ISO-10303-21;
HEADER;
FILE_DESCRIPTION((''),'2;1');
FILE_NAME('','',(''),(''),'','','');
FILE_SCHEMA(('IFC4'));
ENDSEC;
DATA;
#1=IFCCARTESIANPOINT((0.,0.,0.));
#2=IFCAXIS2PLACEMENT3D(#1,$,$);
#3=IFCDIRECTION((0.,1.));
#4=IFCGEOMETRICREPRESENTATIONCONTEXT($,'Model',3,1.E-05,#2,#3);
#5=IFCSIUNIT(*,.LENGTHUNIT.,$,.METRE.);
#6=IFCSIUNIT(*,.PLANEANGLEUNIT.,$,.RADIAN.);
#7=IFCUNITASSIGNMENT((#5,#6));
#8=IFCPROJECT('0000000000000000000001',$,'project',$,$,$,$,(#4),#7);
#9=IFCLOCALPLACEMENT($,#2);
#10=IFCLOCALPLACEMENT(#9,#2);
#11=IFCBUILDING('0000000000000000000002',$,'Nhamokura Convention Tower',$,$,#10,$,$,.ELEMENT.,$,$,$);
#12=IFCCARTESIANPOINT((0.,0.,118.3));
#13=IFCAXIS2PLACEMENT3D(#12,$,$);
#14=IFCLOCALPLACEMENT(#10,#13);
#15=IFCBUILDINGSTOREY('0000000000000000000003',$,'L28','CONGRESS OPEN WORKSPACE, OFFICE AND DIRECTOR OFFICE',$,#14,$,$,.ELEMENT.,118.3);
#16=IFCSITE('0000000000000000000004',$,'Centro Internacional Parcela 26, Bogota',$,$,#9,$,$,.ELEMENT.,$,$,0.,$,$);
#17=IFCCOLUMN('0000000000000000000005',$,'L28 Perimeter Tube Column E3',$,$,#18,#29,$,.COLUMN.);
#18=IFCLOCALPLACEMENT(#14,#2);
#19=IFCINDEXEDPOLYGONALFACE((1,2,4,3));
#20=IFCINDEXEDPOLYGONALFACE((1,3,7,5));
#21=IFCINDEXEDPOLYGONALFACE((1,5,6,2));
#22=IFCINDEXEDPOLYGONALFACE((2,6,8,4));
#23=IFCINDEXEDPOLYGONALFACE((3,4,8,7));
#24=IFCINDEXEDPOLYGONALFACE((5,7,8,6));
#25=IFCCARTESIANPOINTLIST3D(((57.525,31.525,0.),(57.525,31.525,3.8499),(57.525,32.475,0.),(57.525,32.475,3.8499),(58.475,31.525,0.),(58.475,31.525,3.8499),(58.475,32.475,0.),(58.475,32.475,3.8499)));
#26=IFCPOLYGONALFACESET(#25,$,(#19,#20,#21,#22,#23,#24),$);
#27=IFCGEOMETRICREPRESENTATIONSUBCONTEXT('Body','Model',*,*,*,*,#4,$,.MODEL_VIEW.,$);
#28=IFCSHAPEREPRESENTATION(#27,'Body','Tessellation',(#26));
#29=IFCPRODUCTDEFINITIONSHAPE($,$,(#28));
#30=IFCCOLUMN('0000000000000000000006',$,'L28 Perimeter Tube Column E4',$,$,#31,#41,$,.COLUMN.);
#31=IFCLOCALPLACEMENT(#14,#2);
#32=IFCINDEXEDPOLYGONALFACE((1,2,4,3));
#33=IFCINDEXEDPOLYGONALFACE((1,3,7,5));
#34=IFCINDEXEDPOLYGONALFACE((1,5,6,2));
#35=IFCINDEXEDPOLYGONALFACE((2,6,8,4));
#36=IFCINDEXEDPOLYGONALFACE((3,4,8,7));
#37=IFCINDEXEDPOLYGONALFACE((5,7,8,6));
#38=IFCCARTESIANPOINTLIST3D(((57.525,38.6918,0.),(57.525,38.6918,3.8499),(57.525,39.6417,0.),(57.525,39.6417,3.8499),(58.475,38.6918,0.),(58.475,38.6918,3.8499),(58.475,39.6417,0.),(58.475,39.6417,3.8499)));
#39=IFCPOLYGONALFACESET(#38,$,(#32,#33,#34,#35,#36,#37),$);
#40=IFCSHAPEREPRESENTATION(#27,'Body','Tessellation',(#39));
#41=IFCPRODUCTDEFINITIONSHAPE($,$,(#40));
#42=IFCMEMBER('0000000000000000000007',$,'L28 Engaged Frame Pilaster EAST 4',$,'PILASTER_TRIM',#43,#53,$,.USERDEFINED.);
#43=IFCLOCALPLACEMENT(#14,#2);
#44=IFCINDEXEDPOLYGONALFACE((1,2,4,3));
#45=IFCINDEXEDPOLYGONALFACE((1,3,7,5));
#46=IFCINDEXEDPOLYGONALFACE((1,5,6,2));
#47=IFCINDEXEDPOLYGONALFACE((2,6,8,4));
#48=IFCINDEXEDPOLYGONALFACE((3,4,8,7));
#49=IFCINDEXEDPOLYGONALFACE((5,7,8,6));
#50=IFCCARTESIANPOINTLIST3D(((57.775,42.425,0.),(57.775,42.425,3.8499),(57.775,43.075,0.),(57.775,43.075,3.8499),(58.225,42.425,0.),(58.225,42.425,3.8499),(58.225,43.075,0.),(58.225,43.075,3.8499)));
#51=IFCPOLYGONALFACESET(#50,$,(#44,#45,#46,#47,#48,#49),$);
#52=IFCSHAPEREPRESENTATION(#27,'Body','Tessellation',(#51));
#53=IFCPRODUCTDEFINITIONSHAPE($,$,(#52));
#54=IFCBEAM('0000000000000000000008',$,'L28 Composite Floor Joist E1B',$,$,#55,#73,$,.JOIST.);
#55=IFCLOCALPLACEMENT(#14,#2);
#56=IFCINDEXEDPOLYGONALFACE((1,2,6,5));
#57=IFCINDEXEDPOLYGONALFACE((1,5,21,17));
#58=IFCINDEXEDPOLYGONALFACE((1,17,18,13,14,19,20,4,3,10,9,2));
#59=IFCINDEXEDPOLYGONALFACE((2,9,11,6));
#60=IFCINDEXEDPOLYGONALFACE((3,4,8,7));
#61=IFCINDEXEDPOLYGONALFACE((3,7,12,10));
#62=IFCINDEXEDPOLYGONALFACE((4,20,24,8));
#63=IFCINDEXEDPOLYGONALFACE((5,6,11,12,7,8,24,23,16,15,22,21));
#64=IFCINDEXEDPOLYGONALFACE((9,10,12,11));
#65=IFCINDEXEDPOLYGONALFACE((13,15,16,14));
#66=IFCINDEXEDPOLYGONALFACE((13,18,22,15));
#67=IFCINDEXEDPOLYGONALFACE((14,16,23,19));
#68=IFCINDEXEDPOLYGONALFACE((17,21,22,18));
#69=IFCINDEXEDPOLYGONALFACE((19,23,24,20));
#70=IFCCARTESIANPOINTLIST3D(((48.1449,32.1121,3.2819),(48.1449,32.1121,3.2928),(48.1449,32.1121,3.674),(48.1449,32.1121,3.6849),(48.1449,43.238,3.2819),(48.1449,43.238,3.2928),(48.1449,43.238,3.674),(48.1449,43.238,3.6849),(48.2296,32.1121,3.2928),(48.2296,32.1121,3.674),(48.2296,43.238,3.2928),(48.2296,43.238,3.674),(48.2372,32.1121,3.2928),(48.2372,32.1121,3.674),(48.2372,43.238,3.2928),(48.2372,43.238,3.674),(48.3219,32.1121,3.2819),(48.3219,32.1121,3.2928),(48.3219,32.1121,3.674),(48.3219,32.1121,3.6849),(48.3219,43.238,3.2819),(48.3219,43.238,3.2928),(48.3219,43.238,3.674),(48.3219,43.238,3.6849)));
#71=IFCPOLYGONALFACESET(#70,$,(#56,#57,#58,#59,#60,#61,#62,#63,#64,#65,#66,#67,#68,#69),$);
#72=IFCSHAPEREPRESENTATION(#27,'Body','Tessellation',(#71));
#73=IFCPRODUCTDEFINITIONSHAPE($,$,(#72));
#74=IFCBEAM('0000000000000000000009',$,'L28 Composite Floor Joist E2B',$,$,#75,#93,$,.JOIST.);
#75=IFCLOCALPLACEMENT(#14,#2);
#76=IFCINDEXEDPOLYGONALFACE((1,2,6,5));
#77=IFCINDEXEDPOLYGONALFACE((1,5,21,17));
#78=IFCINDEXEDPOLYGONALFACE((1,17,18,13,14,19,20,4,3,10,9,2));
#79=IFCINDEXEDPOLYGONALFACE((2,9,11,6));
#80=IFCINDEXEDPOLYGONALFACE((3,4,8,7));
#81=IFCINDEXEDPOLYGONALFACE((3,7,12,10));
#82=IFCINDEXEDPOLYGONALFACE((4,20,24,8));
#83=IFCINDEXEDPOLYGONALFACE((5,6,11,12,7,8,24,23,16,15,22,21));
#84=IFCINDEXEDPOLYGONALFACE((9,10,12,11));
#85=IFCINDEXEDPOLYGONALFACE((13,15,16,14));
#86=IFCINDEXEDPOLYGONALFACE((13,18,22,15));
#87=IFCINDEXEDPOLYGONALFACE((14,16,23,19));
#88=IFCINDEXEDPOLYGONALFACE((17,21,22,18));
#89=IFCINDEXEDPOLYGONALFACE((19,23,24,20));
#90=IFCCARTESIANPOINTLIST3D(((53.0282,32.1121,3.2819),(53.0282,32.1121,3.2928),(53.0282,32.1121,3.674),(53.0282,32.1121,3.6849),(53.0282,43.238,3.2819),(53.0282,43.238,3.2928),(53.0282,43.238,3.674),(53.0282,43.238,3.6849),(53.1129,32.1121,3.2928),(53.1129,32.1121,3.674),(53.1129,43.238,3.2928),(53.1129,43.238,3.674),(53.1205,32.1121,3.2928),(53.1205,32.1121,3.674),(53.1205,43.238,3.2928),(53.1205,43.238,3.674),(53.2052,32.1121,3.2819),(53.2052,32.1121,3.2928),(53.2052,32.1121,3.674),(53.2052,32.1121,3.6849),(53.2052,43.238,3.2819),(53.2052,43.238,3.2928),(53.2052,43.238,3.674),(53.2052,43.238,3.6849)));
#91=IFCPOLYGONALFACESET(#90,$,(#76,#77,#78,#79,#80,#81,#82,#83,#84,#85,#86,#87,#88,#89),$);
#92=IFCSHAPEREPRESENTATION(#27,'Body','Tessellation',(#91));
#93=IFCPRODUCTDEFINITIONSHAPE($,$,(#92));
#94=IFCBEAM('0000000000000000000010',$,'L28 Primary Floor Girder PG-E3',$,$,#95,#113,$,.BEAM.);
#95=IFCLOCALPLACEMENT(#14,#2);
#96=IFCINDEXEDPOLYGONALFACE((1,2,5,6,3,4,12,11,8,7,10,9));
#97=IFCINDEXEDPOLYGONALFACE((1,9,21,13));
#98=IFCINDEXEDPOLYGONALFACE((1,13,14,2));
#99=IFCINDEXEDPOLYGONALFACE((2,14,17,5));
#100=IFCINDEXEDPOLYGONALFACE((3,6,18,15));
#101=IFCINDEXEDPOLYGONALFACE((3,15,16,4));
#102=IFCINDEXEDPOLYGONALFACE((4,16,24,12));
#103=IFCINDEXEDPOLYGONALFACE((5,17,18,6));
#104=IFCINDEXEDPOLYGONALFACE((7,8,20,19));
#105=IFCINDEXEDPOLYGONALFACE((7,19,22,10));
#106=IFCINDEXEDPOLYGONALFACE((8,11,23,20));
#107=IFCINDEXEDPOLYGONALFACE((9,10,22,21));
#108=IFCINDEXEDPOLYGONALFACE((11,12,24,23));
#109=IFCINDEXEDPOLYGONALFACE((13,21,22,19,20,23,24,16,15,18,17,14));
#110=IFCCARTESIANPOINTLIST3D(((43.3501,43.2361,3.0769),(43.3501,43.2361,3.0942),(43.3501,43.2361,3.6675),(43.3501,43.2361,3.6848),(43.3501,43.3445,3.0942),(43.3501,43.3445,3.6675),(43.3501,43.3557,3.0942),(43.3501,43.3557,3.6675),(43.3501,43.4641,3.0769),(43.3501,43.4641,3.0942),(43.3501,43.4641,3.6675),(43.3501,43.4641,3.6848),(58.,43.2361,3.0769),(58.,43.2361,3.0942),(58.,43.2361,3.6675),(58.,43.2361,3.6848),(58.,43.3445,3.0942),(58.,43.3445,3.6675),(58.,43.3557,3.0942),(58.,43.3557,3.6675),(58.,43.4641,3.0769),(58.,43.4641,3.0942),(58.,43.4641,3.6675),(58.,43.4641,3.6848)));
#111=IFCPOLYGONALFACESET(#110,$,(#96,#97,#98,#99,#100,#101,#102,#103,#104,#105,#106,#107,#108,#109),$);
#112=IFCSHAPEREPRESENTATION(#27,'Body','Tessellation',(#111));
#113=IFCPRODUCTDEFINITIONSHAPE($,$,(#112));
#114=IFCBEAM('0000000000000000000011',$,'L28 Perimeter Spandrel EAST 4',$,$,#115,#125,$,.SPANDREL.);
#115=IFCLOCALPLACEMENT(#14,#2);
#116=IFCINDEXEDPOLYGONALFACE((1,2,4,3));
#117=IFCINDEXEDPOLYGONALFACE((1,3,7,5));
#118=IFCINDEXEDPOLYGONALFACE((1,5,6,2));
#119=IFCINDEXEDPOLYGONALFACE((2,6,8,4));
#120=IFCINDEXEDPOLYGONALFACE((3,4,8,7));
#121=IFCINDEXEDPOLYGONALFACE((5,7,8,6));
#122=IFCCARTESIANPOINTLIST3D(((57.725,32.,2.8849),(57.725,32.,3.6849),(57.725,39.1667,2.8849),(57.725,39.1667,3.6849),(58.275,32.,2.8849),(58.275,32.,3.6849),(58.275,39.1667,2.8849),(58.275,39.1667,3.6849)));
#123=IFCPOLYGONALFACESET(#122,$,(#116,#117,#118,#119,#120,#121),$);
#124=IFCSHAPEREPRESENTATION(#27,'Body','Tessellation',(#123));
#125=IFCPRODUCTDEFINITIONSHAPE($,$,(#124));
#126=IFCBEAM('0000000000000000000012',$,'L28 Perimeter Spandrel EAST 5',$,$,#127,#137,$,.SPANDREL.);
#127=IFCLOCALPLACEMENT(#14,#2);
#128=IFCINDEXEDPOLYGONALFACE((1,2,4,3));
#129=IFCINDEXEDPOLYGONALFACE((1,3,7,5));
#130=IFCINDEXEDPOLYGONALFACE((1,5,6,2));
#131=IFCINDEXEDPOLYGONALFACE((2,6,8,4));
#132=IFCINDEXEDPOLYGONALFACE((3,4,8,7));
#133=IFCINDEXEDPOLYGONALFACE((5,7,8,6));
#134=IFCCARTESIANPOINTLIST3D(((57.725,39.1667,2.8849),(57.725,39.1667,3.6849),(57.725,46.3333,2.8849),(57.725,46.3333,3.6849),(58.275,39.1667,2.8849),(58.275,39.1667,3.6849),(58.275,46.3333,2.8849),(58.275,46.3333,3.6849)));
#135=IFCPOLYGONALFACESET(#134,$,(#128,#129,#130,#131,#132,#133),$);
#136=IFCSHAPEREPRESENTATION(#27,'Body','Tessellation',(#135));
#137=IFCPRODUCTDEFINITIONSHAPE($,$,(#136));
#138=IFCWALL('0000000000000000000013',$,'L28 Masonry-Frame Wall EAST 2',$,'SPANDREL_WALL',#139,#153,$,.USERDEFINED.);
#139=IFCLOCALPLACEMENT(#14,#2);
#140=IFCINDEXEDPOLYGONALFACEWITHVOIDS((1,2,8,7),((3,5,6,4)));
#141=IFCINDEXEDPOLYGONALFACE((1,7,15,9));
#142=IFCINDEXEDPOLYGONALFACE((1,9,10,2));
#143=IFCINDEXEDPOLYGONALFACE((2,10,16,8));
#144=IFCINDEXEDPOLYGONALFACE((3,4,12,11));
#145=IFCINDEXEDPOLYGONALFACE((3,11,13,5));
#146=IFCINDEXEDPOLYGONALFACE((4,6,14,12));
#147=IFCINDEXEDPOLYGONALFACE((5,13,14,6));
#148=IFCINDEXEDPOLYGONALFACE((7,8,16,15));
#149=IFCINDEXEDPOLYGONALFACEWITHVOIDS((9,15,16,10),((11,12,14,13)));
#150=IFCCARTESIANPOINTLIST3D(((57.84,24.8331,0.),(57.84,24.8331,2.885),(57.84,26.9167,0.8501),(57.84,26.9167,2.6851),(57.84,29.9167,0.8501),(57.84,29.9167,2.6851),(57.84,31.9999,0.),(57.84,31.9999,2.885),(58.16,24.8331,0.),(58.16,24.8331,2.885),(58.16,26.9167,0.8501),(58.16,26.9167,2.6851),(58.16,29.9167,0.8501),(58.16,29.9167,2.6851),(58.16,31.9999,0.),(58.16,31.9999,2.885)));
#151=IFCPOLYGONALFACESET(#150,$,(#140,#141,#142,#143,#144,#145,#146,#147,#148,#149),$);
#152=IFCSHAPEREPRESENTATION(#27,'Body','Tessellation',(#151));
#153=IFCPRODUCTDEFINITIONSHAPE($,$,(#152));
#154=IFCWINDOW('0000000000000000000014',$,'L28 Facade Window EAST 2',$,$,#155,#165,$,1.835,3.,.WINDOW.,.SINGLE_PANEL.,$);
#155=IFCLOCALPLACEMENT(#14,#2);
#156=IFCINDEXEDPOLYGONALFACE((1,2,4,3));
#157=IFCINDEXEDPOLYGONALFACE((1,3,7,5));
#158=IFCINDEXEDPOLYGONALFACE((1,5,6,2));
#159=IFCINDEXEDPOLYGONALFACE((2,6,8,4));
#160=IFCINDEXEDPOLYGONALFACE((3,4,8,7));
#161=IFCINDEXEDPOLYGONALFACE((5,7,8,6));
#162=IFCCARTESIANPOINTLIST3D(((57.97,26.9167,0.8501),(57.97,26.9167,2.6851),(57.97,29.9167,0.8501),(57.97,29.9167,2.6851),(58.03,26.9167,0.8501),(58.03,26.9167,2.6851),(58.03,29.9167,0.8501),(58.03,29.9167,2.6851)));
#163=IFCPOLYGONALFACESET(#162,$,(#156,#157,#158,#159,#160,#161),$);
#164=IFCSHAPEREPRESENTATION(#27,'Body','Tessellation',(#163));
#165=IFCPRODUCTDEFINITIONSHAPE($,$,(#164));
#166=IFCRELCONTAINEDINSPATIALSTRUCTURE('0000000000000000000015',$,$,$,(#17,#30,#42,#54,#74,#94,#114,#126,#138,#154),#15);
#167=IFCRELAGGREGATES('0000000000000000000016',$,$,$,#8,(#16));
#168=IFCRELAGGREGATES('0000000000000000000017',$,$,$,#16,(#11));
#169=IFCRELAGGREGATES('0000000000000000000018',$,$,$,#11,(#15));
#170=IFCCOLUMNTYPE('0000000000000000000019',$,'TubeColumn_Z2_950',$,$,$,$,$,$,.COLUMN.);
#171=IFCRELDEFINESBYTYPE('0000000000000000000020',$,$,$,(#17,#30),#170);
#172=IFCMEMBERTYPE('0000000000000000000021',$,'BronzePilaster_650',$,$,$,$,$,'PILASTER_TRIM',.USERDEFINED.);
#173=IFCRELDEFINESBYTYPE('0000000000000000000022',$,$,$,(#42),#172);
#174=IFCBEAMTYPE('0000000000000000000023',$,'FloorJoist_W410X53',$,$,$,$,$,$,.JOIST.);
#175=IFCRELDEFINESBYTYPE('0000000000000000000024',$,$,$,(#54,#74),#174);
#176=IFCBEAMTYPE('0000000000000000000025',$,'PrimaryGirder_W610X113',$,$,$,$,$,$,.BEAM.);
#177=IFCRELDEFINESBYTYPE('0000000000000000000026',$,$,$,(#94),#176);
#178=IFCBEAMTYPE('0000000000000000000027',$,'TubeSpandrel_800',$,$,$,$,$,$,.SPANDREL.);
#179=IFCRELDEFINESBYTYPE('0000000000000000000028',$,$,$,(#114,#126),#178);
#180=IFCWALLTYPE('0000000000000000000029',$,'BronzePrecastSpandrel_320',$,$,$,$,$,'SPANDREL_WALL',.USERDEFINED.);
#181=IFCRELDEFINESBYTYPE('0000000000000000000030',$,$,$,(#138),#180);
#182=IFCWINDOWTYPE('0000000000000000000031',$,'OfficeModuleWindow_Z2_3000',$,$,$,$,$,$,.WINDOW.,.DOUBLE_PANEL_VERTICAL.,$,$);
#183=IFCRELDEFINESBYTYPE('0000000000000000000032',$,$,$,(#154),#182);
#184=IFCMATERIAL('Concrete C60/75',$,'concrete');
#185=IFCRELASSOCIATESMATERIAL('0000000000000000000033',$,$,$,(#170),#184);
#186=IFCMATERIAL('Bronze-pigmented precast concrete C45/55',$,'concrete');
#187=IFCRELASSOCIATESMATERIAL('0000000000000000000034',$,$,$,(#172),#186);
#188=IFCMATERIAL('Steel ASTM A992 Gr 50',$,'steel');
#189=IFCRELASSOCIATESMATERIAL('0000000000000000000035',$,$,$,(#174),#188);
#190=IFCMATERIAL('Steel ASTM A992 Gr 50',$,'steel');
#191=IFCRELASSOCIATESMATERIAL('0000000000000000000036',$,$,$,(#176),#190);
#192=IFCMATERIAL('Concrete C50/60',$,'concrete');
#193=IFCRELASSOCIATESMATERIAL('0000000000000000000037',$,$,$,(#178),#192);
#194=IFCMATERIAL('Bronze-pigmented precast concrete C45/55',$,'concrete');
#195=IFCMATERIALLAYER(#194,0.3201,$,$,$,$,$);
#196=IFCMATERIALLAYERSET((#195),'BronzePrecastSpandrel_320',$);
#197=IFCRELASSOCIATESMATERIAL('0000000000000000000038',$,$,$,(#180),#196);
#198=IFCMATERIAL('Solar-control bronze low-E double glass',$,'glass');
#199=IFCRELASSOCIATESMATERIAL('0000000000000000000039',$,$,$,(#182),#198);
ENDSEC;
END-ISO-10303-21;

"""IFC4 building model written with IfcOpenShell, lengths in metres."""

from ifc_helpers import new_model, si_unit, direction, frame, frame_2d, origin, origin_2d, place, context, subcontext, project, spatial, rectangle, i_section, extrude, material, layer, layer_set, material_profile, profile_set, type_object, element, fill, save


model = new_model("IFC4")

# Units and contexts
model_context = context("Model", 3, precision=1e-05, world=origin(), true_north=direction((0.0, 1.0)))
body_context = subcontext(model_context, "Body", "Model", "MODEL_VIEW")
ifc_project = project(units=[si_unit("LENGTHUNIT", "METRE"), si_unit("PLANEANGLEUNIT", "RADIAN")], contexts=[model_context])

# Site, building, storey
site_placement = place(None, origin())
site = spatial("IfcSite", under=ifc_project, at=site_placement, Name="Centro Internacional Parcela 26, Bogota", CompositionType="ELEMENT", RefElevation=0.0)
building_placement = place(site_placement, origin())
building = spatial("IfcBuilding", under=site, at=building_placement, Name="Nhamokura Convention Tower", CompositionType="ELEMENT")
storey_placement = place(building_placement, frame((0.0, 0.0, 118.3)))
storey = spatial("IfcBuildingStorey", under=building, at=storey_placement, Name="L28", Description="CONGRESS OPEN WORKSPACE, OFFICE AND DIRECTOR OFFICE", CompositionType="ELEMENT", Elevation=118.3)

# Columns
ifc_material_1 = material(Name="Concrete C60/75", Category="concrete")
ifc_material_profile_1 = material_profile(ifc_material_1, rectangle(XDim=0.95, YDim=0.95, at=origin_2d()))
ifc_profile_set_1 = profile_set([ifc_material_profile_1], Name="Concrete C60/75")
column_type = type_object("IfcColumnType", Name="TubeColumn_Z2_950", PredefinedType="COLUMN", material=ifc_profile_set_1)
for number, where, z_axis, x_axis, name in (
    (1, (58.0, 32.0, 0.0), (0.0, 0.0, 1.0), (1.0, 0.0, 0.0), "L28 Perimeter Tube Column E3"),
    (2, (58.0, 39.1667, 0.0), (0.0, 0.0, 1.0), (1.0, 0.0, 0.0), "L28 Perimeter Tube Column E4"),
):
    element("IfcColumn", number, at=place(storey_placement, frame(where, z_axis=z_axis, x_axis=x_axis)), inside=storey, type_object=column_type, Name=name, PredefinedType="COLUMN", context=body_context, shape_type="SweptSolid", body=[
        extrude(rectangle(XDim=0.95, YDim=0.95, at=origin_2d()), origin(), (0.0, 0.0, 1.0), 3.8499),
    ])

# Member
ifc_material_2 = material(Name="Bronze-pigmented precast concrete C45/55", Category="concrete")
ifc_material_profile_2 = material_profile(ifc_material_2, rectangle(XDim=0.45, YDim=0.6499, at=origin_2d()))
ifc_profile_set_2 = profile_set([ifc_material_profile_2], Name="Bronze-pigmented precast concrete C45/55")
member_type = type_object("IfcMemberType", Name="BronzePilaster_650", ElementType="PILASTER_TRIM", PredefinedType="USERDEFINED", material=ifc_profile_set_2)
member_placement = place(storey_placement, frame((58.0, 42.75, 0.0), z_axis=(0.0, 0.0, 1.0), x_axis=(1.0, 0.0, 0.0)))
element("IfcMember", 3, at=member_placement, inside=storey, type_object=member_type, Name="L28 Engaged Frame Pilaster EAST 4", ObjectType="PILASTER_TRIM", PredefinedType="USERDEFINED", context=body_context, shape_type="SweptSolid", body=[
    extrude(rectangle(XDim=0.45, YDim=0.6499, at=origin_2d()), origin(), (0.0, 0.0, 1.0), 3.8499),
])

# Beams
ifc_material_3 = material(Name="Steel ASTM A992 Gr 50", Category="steel")
ifc_material_profile_3 = material_profile(ifc_material_3, i_section(OverallWidth=0.177, OverallDepth=0.4031, WebThickness=0.0076, FlangeThickness=0.011, at=origin_2d()))
ifc_profile_set_3 = profile_set([ifc_material_profile_3], Name="Steel ASTM A992 Gr 50")
beam_type_1 = type_object("IfcBeamType", Name="FloorJoist_W410X53", PredefinedType="JOIST", material=ifc_profile_set_3)
for number, where, z_axis, x_axis, name in (
    (4, (48.2334, 32.1121, 3.4834), (0.0, 1.0, 0.0), (-1.0, 0.0, 0.0), "L28 Composite Floor Joist E1B"),
    (5, (53.1167, 32.1121, 3.4834), (0.0, 1.0, 0.0), (-1.0, 0.0, 0.0), "L28 Composite Floor Joist E2B"),
):
    element("IfcBeam", number, at=place(storey_placement, frame(where, z_axis=z_axis, x_axis=x_axis)), inside=storey, type_object=beam_type_1, Name=name, PredefinedType="JOIST", context=body_context, shape_type="SweptSolid", body=[
        extrude(i_section(OverallWidth=0.177, OverallDepth=0.4031, WebThickness=0.0076, FlangeThickness=0.011, at=origin_2d()), origin(), (0.0, 0.0, 1.0), 11.126),
    ])
ifc_material_4 = material(Name="Steel ASTM A992 Gr 50", Category="steel")
ifc_material_profile_4 = material_profile(ifc_material_4, i_section(OverallWidth=0.228, OverallDepth=0.6079, WebThickness=0.0112, FlangeThickness=0.0173, at=origin_2d()))
ifc_profile_set_4 = profile_set([ifc_material_profile_4], Name="Steel ASTM A992 Gr 50")
beam_type_2 = type_object("IfcBeamType", Name="PrimaryGirder_W610X113", PredefinedType="BEAM", material=ifc_profile_set_4)
beam_1_placement = place(storey_placement, frame((43.3501, 43.3501, 3.3809), z_axis=(1.0, 0.0, 0.0), x_axis=(0.0, 1.0, 0.0)))
element("IfcBeam", 6, at=beam_1_placement, inside=storey, type_object=beam_type_2, Name="L28 Primary Floor Girder PG-E3", PredefinedType="BEAM", context=body_context, shape_type="SweptSolid", body=[
    extrude(i_section(OverallWidth=0.228, OverallDepth=0.6079, WebThickness=0.0112, FlangeThickness=0.0173, at=origin_2d()), origin(), (0.0, 0.0, 1.0), 14.6499),
])
ifc_material_5 = material(Name="Concrete C50/60", Category="concrete")
ifc_material_profile_5 = material_profile(ifc_material_5, rectangle(XDim=0.55, YDim=0.8, at=origin_2d()))
ifc_profile_set_5 = profile_set([ifc_material_profile_5], Name="Concrete C50/60")
beam_type_3 = type_object("IfcBeamType", Name="TubeSpandrel_800", PredefinedType="SPANDREL", material=ifc_profile_set_5)
beam_2_placement = place(storey_placement, frame((58.0, 32.0, 3.2849), z_axis=(0.0, 1.0, 0.0), x_axis=(-1.0, 0.0, 0.0)))
element("IfcBeam", 7, at=beam_2_placement, inside=storey, type_object=beam_type_3, Name="L28 Perimeter Spandrel EAST 4", PredefinedType="SPANDREL", context=body_context, shape_type="SweptSolid", body=[
    extrude(rectangle(XDim=0.55, YDim=0.8, at=origin_2d()), origin(), (0.0, 0.0, 1.0), 7.1667),
])
beam_3_placement = place(storey_placement, frame((58.0, 39.1667, 3.2849), z_axis=(0.0, 1.0, 0.0), x_axis=(-1.0, 0.0, 0.0)))
element("IfcBeam", 8, at=beam_3_placement, inside=storey, type_object=beam_type_3, Name="L28 Perimeter Spandrel EAST 5", PredefinedType="SPANDREL", context=body_context, shape_type="SweptSolid", body=[
    extrude(rectangle(XDim=0.55, YDim=0.8, at=origin_2d()), origin(), (0.0, 0.0, 1.0), 7.1665),
])

# Wall, opening, window
ifc_material_6 = material(Name="Bronze-pigmented precast concrete C45/55", Category="concrete")
ifc_layer_1 = layer(ifc_material_6, 0.3201)
ifc_layer_set_1 = layer_set([ifc_layer_1], Name="BronzePrecastSpandrel_320")
wall_type_1 = type_object("IfcWallType", Name="BronzePrecastSpandrel_320", ElementType="SPANDREL_WALL", PredefinedType="USERDEFINED", material=ifc_layer_set_1)
wall_1_placement = place(storey_placement, frame((58.0, 32.0, 0.0), z_axis=(0.0, 0.0, 1.0), x_axis=(0.0, -1.0, 0.0)))
wall_1 = element("IfcWall", 9, at=wall_1_placement, inside=storey, type_object=wall_type_1, Name="L28 Masonry-Frame Wall EAST 2", ObjectType="SPANDREL_WALL", PredefinedType="USERDEFINED", context=body_context, shape_type="SweptSolid", body=[
    extrude(rectangle(XDim=7.1667, YDim=0.3201, at=frame_2d((3.5835, 0.0))), origin(), (0.0, 0.0, 1.0), 2.885),
])
opening_1_placement = place(wall_1_placement, frame((2.0833, 0.0, 0.8501)))
opening_1 = element("IfcOpeningElement", 10, at=opening_1_placement, cuts=wall_1, PredefinedType="OPENING", context=body_context, shape_type="SweptSolid", body=[
    extrude(rectangle(XDim=3.0, YDim=1.835, at=frame_2d((1.5, 0.9175))), frame((0.0, 0.1699, 0.0), z_axis=(0.0, -1.0, 0.0), x_axis=(1.0, 0.0, 0.0)), (0.0, 0.0, 1.0), 0.3401),
])
ifc_material_7 = material(Name="Solar-control bronze low-E double glass", Category="glass")
window_type = type_object("IfcWindowType", Name="OfficeModuleWindow_Z2_3000", PartitioningType="DOUBLE_PANEL_VERTICAL", PredefinedType="WINDOW", material=ifc_material_7)
window_1_placement = place(opening_1_placement, origin())
window_1 = element("IfcWindow", 11, at=window_1_placement, inside=storey, type_object=window_type, Name="L28 Facade Window EAST 2", OverallHeight=1.835, OverallWidth=3.0, PartitioningType="SINGLE_PANEL", PredefinedType="WINDOW", context=body_context, shape_type="SweptSolid", body=[
    extrude(rectangle(XDim=3.0, YDim=1.835, at=frame_2d((1.5, 0.9175))), frame((0.0, 0.03, 0.0), z_axis=(0.0, -1.0, 0.0), x_axis=(1.0, 0.0, 0.0)), (0.0, 0.0, 1.0), 0.0601),
])
fill(opening_1, window_1)

save(model, "model.ifc")
